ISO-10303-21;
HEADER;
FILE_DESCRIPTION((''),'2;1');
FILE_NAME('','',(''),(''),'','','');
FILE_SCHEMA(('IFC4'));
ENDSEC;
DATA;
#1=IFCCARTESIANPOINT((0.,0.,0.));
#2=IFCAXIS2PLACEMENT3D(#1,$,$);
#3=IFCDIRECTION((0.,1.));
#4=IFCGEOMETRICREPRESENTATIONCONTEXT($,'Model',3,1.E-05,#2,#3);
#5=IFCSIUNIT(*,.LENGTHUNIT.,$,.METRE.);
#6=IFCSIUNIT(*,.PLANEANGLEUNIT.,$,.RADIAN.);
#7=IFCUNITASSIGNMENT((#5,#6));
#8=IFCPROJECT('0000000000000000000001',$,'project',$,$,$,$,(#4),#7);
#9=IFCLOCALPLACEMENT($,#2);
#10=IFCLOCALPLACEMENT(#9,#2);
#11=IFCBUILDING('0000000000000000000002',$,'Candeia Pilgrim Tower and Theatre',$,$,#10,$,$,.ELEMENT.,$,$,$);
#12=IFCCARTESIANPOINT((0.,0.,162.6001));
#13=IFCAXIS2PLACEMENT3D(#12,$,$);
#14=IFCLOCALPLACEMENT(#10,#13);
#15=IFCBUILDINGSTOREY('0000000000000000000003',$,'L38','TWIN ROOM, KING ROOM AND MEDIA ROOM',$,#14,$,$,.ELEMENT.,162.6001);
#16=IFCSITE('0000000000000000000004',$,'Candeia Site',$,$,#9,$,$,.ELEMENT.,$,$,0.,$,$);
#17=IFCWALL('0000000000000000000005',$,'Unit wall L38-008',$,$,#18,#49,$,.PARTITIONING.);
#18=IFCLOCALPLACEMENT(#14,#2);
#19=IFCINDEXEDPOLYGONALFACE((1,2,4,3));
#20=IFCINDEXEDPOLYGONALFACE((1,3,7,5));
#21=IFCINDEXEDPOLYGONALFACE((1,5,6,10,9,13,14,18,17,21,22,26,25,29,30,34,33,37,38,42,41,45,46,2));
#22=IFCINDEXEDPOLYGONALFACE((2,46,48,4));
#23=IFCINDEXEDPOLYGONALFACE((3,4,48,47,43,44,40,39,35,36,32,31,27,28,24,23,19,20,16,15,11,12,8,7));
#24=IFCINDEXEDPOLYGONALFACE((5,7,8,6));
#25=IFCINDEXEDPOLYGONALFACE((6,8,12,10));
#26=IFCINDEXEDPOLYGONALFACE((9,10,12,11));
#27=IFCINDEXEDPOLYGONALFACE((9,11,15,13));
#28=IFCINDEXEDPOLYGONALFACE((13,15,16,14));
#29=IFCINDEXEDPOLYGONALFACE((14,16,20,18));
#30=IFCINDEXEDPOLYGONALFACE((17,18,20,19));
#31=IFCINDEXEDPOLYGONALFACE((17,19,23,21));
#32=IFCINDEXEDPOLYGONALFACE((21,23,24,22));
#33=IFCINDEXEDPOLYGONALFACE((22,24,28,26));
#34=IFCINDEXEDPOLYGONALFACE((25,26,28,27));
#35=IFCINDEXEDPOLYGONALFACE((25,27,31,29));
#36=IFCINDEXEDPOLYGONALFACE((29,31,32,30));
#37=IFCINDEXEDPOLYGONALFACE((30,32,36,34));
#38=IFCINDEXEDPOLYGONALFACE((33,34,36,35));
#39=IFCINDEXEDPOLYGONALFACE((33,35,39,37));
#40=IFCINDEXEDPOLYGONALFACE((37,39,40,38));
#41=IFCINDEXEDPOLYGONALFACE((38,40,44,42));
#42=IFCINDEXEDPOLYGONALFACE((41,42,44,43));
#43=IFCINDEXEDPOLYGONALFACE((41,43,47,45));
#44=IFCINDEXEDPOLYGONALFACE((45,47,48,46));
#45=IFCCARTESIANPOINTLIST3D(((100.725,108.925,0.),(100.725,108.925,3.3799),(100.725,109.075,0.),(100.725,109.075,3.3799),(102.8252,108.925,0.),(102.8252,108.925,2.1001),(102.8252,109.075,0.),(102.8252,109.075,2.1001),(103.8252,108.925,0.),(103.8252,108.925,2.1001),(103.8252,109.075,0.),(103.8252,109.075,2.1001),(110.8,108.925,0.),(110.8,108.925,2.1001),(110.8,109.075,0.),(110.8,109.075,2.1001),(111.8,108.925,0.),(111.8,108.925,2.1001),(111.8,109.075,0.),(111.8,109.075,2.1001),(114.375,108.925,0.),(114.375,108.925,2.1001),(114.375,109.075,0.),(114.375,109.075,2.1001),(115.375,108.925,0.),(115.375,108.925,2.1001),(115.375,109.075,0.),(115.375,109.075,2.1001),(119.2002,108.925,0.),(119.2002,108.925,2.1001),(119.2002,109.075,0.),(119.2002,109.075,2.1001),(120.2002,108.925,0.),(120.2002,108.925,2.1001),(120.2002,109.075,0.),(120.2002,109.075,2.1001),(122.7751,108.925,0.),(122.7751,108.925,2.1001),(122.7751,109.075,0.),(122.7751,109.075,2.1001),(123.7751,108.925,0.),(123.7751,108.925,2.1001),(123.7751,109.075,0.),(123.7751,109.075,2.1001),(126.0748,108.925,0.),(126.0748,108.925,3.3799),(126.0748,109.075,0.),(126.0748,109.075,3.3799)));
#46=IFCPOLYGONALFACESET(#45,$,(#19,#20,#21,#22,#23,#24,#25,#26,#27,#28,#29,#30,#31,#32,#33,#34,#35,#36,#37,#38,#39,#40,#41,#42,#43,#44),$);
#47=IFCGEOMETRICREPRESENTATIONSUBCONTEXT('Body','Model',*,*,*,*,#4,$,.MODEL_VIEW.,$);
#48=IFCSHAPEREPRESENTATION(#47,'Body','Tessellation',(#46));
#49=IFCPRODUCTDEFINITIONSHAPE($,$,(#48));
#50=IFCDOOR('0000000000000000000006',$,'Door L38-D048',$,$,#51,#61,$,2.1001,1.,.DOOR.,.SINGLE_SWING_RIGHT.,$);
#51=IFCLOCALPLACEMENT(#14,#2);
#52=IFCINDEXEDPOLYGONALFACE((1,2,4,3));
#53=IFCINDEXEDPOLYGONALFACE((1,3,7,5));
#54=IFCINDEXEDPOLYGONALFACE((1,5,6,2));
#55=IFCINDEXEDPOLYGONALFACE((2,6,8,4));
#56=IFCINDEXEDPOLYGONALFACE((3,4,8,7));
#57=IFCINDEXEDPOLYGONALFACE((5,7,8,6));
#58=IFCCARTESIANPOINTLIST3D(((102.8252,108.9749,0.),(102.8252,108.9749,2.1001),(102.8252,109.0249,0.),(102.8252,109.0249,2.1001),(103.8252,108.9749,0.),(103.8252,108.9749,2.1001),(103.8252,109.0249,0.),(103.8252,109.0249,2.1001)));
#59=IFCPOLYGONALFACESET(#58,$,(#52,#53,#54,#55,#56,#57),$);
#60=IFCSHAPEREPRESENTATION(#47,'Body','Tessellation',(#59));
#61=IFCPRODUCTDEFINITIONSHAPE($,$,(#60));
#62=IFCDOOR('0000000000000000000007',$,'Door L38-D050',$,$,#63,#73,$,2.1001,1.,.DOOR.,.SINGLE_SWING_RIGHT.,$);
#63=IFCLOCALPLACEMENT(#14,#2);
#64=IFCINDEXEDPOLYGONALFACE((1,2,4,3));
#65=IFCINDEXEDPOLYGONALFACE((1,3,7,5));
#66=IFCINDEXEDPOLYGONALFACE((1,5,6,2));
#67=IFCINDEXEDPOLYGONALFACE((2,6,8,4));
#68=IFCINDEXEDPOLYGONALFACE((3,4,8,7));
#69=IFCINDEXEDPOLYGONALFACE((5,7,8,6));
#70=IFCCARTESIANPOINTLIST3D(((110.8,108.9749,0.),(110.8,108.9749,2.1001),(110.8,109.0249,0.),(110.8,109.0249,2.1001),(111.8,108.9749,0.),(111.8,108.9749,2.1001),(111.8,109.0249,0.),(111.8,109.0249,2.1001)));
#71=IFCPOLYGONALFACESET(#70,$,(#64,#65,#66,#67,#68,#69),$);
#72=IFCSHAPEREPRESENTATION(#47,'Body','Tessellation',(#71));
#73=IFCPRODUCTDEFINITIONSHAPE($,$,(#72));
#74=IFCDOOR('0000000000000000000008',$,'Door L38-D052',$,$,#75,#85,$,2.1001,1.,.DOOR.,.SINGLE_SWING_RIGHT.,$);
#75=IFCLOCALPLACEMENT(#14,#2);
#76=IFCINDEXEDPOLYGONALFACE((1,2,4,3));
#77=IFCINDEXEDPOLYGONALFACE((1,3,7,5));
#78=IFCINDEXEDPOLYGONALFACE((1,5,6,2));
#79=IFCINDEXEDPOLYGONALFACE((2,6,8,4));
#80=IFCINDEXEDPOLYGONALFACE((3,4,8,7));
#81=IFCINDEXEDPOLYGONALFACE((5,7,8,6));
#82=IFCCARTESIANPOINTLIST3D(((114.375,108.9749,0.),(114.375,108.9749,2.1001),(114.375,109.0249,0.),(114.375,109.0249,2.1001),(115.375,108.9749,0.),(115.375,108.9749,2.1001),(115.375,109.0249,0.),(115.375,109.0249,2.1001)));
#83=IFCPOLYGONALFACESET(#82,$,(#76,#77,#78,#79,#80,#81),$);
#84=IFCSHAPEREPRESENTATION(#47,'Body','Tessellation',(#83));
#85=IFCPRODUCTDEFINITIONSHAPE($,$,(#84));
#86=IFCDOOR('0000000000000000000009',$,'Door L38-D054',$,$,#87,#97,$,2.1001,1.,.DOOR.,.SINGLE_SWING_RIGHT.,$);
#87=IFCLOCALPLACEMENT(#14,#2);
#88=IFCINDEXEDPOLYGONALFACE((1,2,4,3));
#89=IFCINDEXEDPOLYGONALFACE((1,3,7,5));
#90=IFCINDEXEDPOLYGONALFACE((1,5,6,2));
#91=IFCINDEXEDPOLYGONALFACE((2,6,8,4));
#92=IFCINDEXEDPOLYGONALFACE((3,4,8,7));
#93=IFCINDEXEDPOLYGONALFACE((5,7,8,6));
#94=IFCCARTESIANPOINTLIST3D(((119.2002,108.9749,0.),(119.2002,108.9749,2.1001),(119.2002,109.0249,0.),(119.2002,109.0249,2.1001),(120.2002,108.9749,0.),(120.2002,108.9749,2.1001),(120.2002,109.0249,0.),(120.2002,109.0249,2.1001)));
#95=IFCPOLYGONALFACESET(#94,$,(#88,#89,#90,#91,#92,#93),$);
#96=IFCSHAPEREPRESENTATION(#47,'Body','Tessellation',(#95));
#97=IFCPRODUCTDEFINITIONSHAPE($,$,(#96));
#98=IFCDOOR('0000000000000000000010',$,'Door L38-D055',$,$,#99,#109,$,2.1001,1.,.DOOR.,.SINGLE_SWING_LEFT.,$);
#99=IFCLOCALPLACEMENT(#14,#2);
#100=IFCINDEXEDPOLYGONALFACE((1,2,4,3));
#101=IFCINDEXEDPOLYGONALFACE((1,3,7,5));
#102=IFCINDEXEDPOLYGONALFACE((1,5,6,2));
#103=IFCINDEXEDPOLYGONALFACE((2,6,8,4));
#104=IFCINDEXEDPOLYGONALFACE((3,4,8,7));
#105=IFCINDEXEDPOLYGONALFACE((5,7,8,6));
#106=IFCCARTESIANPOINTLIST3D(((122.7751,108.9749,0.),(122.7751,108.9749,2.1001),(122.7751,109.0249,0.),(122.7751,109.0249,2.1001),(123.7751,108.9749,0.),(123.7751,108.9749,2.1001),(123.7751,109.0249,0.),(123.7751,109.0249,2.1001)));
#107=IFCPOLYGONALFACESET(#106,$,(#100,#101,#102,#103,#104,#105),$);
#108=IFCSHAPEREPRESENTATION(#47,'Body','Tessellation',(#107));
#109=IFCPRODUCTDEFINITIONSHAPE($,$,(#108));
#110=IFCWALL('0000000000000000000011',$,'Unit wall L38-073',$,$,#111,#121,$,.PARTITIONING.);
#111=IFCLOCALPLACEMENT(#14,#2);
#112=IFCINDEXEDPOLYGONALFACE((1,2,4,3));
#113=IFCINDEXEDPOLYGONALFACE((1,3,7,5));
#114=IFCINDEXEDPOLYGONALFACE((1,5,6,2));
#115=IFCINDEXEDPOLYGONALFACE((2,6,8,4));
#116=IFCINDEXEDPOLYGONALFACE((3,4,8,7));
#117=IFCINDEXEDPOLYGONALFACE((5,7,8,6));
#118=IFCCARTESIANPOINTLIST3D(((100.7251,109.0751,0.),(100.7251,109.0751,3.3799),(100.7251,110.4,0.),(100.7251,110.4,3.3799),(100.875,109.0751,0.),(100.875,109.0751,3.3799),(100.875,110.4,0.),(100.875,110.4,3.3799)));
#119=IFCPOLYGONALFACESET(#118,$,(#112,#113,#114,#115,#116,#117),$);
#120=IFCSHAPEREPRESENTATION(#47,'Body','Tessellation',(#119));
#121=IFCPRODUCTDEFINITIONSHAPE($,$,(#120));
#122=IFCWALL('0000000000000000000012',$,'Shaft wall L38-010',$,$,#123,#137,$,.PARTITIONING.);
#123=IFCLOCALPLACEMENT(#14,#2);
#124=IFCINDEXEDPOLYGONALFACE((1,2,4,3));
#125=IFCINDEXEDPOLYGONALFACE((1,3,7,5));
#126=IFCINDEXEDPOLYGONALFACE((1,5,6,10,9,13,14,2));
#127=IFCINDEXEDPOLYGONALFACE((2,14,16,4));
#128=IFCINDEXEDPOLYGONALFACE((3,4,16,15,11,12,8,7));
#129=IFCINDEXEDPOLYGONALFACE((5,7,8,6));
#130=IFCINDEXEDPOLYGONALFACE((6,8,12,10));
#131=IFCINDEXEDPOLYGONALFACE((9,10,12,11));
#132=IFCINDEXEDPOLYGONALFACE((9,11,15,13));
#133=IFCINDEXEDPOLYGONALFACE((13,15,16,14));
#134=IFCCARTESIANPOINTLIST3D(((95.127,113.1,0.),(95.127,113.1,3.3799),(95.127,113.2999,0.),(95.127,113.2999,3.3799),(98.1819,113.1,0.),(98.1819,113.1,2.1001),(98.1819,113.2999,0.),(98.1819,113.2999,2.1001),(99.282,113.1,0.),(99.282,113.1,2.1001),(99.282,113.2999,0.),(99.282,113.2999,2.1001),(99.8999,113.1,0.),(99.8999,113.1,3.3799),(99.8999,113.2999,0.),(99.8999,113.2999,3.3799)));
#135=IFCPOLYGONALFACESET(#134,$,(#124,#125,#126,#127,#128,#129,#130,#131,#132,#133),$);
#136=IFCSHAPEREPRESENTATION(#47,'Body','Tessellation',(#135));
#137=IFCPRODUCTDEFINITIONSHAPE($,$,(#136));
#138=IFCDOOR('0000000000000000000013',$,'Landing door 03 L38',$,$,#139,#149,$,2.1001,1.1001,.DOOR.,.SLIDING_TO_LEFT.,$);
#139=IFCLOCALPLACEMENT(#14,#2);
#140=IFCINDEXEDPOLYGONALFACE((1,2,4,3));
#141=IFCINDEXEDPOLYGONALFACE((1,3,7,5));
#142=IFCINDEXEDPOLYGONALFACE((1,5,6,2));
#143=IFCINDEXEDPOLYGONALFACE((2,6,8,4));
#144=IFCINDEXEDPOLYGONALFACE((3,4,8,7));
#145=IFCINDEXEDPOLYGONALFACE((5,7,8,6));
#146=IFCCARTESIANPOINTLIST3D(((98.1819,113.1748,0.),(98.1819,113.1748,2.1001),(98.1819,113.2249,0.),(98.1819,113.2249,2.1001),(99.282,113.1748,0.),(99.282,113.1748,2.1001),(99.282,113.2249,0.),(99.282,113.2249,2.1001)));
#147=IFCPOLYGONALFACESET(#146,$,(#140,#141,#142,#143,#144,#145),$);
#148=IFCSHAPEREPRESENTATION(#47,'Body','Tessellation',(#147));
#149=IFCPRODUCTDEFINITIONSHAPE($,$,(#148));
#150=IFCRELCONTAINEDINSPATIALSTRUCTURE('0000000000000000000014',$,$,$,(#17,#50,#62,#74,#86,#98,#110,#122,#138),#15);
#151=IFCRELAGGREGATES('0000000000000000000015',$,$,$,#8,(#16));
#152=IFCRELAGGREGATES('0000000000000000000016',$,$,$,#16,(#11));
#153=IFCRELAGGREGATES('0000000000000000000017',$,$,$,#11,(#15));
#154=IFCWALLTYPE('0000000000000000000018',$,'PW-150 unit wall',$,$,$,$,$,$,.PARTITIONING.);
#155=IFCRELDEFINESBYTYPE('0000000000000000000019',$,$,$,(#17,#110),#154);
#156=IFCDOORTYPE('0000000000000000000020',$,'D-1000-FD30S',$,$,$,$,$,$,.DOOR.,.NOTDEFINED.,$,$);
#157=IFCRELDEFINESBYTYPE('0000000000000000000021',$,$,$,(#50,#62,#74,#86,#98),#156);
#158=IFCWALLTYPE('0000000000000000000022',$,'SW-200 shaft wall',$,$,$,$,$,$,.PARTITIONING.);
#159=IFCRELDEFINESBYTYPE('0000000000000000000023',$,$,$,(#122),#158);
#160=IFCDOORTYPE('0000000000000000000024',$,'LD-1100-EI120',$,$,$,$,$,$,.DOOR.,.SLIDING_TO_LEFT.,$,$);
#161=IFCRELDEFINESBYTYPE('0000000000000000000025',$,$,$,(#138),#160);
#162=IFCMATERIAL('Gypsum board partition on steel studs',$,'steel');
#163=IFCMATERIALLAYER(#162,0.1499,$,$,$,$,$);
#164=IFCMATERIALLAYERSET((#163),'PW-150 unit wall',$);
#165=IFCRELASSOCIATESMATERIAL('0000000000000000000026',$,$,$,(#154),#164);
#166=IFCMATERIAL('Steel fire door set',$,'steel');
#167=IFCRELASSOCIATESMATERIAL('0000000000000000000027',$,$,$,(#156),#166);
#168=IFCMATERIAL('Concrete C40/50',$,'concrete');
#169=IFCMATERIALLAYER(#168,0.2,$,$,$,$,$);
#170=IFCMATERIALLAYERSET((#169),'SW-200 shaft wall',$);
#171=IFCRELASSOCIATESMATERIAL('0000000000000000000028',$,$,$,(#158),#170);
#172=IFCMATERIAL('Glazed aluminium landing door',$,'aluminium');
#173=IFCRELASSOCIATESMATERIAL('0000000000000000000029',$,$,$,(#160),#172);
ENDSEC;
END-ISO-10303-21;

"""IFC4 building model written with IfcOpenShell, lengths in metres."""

from ifc_helpers import new_model, si_unit, direction, frame, frame_2d, origin, place, context, subcontext, project, spatial, rectangle, extrude, material, layer, layer_set, type_object, element, fill, save


model = new_model("IFC4")

# Units and contexts
model_context = context("Model", 3, precision=1e-05, world=origin(), true_north=direction((0.0, 1.0)))
body_context = subcontext(model_context, "Body", "Model", "MODEL_VIEW")
ifc_project = project(units=[si_unit("LENGTHUNIT", "METRE"), si_unit("PLANEANGLEUNIT", "RADIAN")], contexts=[model_context])

# Site, building, storey
site_placement = place(None, origin())
site = spatial("IfcSite", under=ifc_project, at=site_placement, Name="Candeia Site", CompositionType="ELEMENT", RefElevation=0.0)
building_placement = place(site_placement, origin())
building = spatial("IfcBuilding", under=site, at=building_placement, Name="Candeia Pilgrim Tower and Theatre", CompositionType="ELEMENT")
storey_placement = place(building_placement, frame((0.0, 0.0, 162.6001)))
storey = spatial("IfcBuildingStorey", under=building, at=storey_placement, Name="L38", Description="TWIN ROOM, KING ROOM AND MEDIA ROOM", CompositionType="ELEMENT", Elevation=162.6001)

# Shared definitions
ifc_material_1 = material(Name="Steel fire door set", Category="steel")
ifc_material_2 = material(Name="Gypsum board partition on steel studs", Category="steel")

# Wall, openings, doors
ifc_layer_1 = layer(ifc_material_2, 0.1499)
ifc_layer_set_1 = layer_set([ifc_layer_1], Name="PW-150 unit wall")
wall_type_1 = type_object("IfcWallType", Name="PW-150 unit wall", PredefinedType="PARTITIONING", material=ifc_layer_set_1)
wall_1_placement = place(storey_placement, frame((100.7251, 109.0, 0.0), z_axis=(0.0, 0.0, 1.0), x_axis=(1.0, 0.0, 0.0)))
wall_1 = element("IfcWall", 1, at=wall_1_placement, inside=storey, type_object=wall_type_1, Name="Unit wall L38-008", PredefinedType="PARTITIONING", context=body_context, shape_type="SweptSolid", body=[
    extrude(rectangle(XDim=25.3499, YDim=0.1499, at=frame_2d((12.6748, 0.0))), origin(), (0.0, 0.0, 1.0), 3.3799),
])
opening_1_placement = place(wall_1_placement, frame((2.1001, 0.0, 0.0)))
opening_1 = element("IfcOpeningElement", 2, at=opening_1_placement, cuts=wall_1, PredefinedType="OPENING", context=body_context, shape_type="SweptSolid", body=[
    extrude(rectangle(XDim=1.0, YDim=2.1001, at=frame_2d((0.5, 1.05))), frame((0.0, 0.085, 0.0), z_axis=(0.0, -1.0, 0.0), x_axis=(1.0, 0.0, 0.0)), (0.0, 0.0, 1.0), 0.1699),
])
opening_2_placement = place(wall_1_placement, frame((10.075, 0.0, 0.0)))
opening_2 = element("IfcOpeningElement", 3, at=opening_2_placement, cuts=wall_1, PredefinedType="OPENING", context=body_context, shape_type="SweptSolid", body=[
    extrude(rectangle(XDim=1.0, YDim=2.1001, at=frame_2d((0.5, 1.05))), frame((0.0, 0.085, 0.0), z_axis=(0.0, -1.0, 0.0), x_axis=(1.0, 0.0, 0.0)), (0.0, 0.0, 1.0), 0.1699),
])
opening_3_placement = place(wall_1_placement, frame((13.6499, 0.0, 0.0)))
opening_3 = element("IfcOpeningElement", 4, at=opening_3_placement, cuts=wall_1, PredefinedType="OPENING", context=body_context, shape_type="SweptSolid", body=[
    extrude(rectangle(XDim=1.0, YDim=2.1001, at=frame_2d((0.5, 1.05))), frame((0.0, 0.085, 0.0), z_axis=(0.0, -1.0, 0.0), x_axis=(1.0, 0.0, 0.0)), (0.0, 0.0, 1.0), 0.1699),
])
opening_4_placement = place(wall_1_placement, frame((18.4751, 0.0, 0.0)))
opening_4 = element("IfcOpeningElement", 5, at=opening_4_placement, cuts=wall_1, PredefinedType="OPENING", context=body_context, shape_type="SweptSolid", body=[
    extrude(rectangle(XDim=1.0, YDim=2.1001, at=frame_2d((0.5, 1.05))), frame((0.0, 0.085, 0.0), z_axis=(0.0, -1.0, 0.0), x_axis=(1.0, 0.0, 0.0)), (0.0, 0.0, 1.0), 0.1699),
])
opening_5_placement = place(wall_1_placement, frame((22.05, 0.0, 0.0)))
opening_5 = element("IfcOpeningElement", 6, at=opening_5_placement, cuts=wall_1, PredefinedType="OPENING", context=body_context, shape_type="SweptSolid", body=[
    extrude(rectangle(XDim=1.0, YDim=2.1001, at=frame_2d((0.5, 1.05))), frame((0.0, 0.085, 0.0), z_axis=(0.0, -1.0, 0.0), x_axis=(1.0, 0.0, 0.0)), (0.0, 0.0, 1.0), 0.1699),
])
door_type_1 = type_object("IfcDoorType", Name="D-1000-FD30S", OperationType="NOTDEFINED", PredefinedType="DOOR", material=ifc_material_1)
door_1_placement = place(opening_1_placement, origin())
door_1 = element("IfcDoor", 7, at=door_1_placement, inside=storey, type_object=door_type_1, Name="Door L38-D048", OperationType="SINGLE_SWING_RIGHT", OverallHeight=2.1001, OverallWidth=1.0, PredefinedType="DOOR", context=body_context, shape_type="SweptSolid", body=[
    extrude(rectangle(XDim=1.0, YDim=2.1001, at=frame_2d((0.5, 1.05))), frame((0.0, 0.0249, 0.0), z_axis=(0.0, -1.0, 0.0), x_axis=(1.0, 0.0, 0.0)), (0.0, 0.0, 1.0), 0.05),
])
fill(opening_1, door_1)
door_2_placement = place(opening_2_placement, origin())
door_2 = element("IfcDoor", 8, at=door_2_placement, inside=storey, type_object=door_type_1, Name="Door L38-D050", OperationType="SINGLE_SWING_RIGHT", OverallHeight=2.1001, OverallWidth=1.0, PredefinedType="DOOR", context=body_context, shape_type="SweptSolid", body=[
    extrude(rectangle(XDim=1.0, YDim=2.1001, at=frame_2d((0.5, 1.05))), frame((0.0, 0.0249, 0.0), z_axis=(0.0, -1.0, 0.0), x_axis=(1.0, 0.0, 0.0)), (0.0, 0.0, 1.0), 0.05),
])
fill(opening_2, door_2)
door_3_placement = place(opening_3_placement, origin())
door_3 = element("IfcDoor", 9, at=door_3_placement, inside=storey, type_object=door_type_1, Name="Door L38-D052", OperationType="SINGLE_SWING_RIGHT", OverallHeight=2.1001, OverallWidth=1.0, PredefinedType="DOOR", context=body_context, shape_type="SweptSolid", body=[
    extrude(rectangle(XDim=1.0, YDim=2.1001, at=frame_2d((0.5, 1.05))), frame((0.0, 0.0249, 0.0), z_axis=(0.0, -1.0, 0.0), x_axis=(1.0, 0.0, 0.0)), (0.0, 0.0, 1.0), 0.05),
])
fill(opening_3, door_3)
door_4_placement = place(opening_4_placement, origin())
door_4 = element("IfcDoor", 10, at=door_4_placement, inside=storey, type_object=door_type_1, Name="Door L38-D054", OperationType="SINGLE_SWING_RIGHT", OverallHeight=2.1001, OverallWidth=1.0, PredefinedType="DOOR", context=body_context, shape_type="SweptSolid", body=[
    extrude(rectangle(XDim=1.0, YDim=2.1001, at=frame_2d((0.5, 1.05))), frame((0.0, 0.0249, 0.0), z_axis=(0.0, -1.0, 0.0), x_axis=(1.0, 0.0, 0.0)), (0.0, 0.0, 1.0), 0.05),
])
fill(opening_4, door_4)
door_5_placement = place(opening_5_placement, origin())
door_5 = element("IfcDoor", 11, at=door_5_placement, inside=storey, type_object=door_type_1, Name="Door L38-D055", OperationType="SINGLE_SWING_LEFT", OverallHeight=2.1001, OverallWidth=1.0, PredefinedType="DOOR", context=body_context, shape_type="SweptSolid", body=[
    extrude(rectangle(XDim=1.0, YDim=2.1001, at=frame_2d((0.5, 1.05))), frame((0.0, 0.0249, 0.0), z_axis=(0.0, -1.0, 0.0), x_axis=(1.0, 0.0, 0.0)), (0.0, 0.0, 1.0), 0.05),
])
fill(opening_5, door_5)

# Wall
wall_2_placement = place(storey_placement, frame((100.8, 109.075, 0.0), z_axis=(0.0, 0.0, 1.0), x_axis=(0.0, 1.0, 0.0)))
element("IfcWall", 12, at=wall_2_placement, inside=storey, type_object=wall_type_1, Name="Unit wall L38-073", PredefinedType="PARTITIONING", context=body_context, shape_type="SweptSolid", body=[
    extrude(rectangle(XDim=1.325, YDim=0.1499, at=frame_2d((0.6626, 0.0))), origin(), (0.0, 0.0, 1.0), 3.3799),
])

# Wall, opening, door
ifc_material_3 = material(Name="Concrete C40/50", Category="concrete")
ifc_layer_2 = layer(ifc_material_3, 0.2)
ifc_layer_set_2 = layer_set([ifc_layer_2], Name="SW-200 shaft wall")
wall_type_2 = type_object("IfcWallType", Name="SW-200 shaft wall", PredefinedType="PARTITIONING", material=ifc_layer_set_2)
wall_3_placement = place(storey_placement, frame((95.127, 113.2, 0.0), z_axis=(0.0, 0.0, 1.0), x_axis=(1.0, 0.0, 0.0)))
wall_3 = element("IfcWall", 13, at=wall_3_placement, inside=storey, type_object=wall_type_2, Name="Shaft wall L38-010", PredefinedType="PARTITIONING", context=body_context, shape_type="SweptSolid", body=[
    extrude(rectangle(XDim=4.7729, YDim=0.2, at=frame_2d((2.3865, 0.0))), origin(), (0.0, 0.0, 1.0), 3.3799),
])
opening_6_placement = place(wall_3_placement, frame((3.0549, 0.0, 0.0)))
opening_6 = element("IfcOpeningElement", 14, at=opening_6_placement, cuts=wall_3, PredefinedType="OPENING", context=body_context, shape_type="SweptSolid", body=[
    extrude(rectangle(XDim=1.1001, YDim=2.1001, at=frame_2d((0.55, 1.05))), frame((0.0, 0.1099, 0.0), z_axis=(0.0, -1.0, 0.0), x_axis=(1.0, 0.0, 0.0)), (0.0, 0.0, 1.0), 0.22),
])
ifc_material_4 = material(Name="Glazed aluminium landing door", Category="aluminium")
door_type_2 = type_object("IfcDoorType", Name="LD-1100-EI120", OperationType="SLIDING_TO_LEFT", PredefinedType="DOOR", material=ifc_material_4)
door_6_placement = place(opening_6_placement, origin())
door_6 = element("IfcDoor", 15, at=door_6_placement, inside=storey, type_object=door_type_2, Name="Landing door 03 L38", OperationType="SLIDING_TO_LEFT", OverallHeight=2.1001, OverallWidth=1.1001, PredefinedType="DOOR", context=body_context, shape_type="SweptSolid", body=[
    extrude(rectangle(XDim=1.1001, YDim=2.1001, at=frame_2d((0.55, 1.05))), frame((0.0, 0.0249, 0.0), z_axis=(0.0, -1.0, 0.0), x_axis=(1.0, 0.0, 0.0)), (0.0, 0.0, 1.0), 0.05),
])
fill(opening_6, door_6)

save(model, "model.ifc")
